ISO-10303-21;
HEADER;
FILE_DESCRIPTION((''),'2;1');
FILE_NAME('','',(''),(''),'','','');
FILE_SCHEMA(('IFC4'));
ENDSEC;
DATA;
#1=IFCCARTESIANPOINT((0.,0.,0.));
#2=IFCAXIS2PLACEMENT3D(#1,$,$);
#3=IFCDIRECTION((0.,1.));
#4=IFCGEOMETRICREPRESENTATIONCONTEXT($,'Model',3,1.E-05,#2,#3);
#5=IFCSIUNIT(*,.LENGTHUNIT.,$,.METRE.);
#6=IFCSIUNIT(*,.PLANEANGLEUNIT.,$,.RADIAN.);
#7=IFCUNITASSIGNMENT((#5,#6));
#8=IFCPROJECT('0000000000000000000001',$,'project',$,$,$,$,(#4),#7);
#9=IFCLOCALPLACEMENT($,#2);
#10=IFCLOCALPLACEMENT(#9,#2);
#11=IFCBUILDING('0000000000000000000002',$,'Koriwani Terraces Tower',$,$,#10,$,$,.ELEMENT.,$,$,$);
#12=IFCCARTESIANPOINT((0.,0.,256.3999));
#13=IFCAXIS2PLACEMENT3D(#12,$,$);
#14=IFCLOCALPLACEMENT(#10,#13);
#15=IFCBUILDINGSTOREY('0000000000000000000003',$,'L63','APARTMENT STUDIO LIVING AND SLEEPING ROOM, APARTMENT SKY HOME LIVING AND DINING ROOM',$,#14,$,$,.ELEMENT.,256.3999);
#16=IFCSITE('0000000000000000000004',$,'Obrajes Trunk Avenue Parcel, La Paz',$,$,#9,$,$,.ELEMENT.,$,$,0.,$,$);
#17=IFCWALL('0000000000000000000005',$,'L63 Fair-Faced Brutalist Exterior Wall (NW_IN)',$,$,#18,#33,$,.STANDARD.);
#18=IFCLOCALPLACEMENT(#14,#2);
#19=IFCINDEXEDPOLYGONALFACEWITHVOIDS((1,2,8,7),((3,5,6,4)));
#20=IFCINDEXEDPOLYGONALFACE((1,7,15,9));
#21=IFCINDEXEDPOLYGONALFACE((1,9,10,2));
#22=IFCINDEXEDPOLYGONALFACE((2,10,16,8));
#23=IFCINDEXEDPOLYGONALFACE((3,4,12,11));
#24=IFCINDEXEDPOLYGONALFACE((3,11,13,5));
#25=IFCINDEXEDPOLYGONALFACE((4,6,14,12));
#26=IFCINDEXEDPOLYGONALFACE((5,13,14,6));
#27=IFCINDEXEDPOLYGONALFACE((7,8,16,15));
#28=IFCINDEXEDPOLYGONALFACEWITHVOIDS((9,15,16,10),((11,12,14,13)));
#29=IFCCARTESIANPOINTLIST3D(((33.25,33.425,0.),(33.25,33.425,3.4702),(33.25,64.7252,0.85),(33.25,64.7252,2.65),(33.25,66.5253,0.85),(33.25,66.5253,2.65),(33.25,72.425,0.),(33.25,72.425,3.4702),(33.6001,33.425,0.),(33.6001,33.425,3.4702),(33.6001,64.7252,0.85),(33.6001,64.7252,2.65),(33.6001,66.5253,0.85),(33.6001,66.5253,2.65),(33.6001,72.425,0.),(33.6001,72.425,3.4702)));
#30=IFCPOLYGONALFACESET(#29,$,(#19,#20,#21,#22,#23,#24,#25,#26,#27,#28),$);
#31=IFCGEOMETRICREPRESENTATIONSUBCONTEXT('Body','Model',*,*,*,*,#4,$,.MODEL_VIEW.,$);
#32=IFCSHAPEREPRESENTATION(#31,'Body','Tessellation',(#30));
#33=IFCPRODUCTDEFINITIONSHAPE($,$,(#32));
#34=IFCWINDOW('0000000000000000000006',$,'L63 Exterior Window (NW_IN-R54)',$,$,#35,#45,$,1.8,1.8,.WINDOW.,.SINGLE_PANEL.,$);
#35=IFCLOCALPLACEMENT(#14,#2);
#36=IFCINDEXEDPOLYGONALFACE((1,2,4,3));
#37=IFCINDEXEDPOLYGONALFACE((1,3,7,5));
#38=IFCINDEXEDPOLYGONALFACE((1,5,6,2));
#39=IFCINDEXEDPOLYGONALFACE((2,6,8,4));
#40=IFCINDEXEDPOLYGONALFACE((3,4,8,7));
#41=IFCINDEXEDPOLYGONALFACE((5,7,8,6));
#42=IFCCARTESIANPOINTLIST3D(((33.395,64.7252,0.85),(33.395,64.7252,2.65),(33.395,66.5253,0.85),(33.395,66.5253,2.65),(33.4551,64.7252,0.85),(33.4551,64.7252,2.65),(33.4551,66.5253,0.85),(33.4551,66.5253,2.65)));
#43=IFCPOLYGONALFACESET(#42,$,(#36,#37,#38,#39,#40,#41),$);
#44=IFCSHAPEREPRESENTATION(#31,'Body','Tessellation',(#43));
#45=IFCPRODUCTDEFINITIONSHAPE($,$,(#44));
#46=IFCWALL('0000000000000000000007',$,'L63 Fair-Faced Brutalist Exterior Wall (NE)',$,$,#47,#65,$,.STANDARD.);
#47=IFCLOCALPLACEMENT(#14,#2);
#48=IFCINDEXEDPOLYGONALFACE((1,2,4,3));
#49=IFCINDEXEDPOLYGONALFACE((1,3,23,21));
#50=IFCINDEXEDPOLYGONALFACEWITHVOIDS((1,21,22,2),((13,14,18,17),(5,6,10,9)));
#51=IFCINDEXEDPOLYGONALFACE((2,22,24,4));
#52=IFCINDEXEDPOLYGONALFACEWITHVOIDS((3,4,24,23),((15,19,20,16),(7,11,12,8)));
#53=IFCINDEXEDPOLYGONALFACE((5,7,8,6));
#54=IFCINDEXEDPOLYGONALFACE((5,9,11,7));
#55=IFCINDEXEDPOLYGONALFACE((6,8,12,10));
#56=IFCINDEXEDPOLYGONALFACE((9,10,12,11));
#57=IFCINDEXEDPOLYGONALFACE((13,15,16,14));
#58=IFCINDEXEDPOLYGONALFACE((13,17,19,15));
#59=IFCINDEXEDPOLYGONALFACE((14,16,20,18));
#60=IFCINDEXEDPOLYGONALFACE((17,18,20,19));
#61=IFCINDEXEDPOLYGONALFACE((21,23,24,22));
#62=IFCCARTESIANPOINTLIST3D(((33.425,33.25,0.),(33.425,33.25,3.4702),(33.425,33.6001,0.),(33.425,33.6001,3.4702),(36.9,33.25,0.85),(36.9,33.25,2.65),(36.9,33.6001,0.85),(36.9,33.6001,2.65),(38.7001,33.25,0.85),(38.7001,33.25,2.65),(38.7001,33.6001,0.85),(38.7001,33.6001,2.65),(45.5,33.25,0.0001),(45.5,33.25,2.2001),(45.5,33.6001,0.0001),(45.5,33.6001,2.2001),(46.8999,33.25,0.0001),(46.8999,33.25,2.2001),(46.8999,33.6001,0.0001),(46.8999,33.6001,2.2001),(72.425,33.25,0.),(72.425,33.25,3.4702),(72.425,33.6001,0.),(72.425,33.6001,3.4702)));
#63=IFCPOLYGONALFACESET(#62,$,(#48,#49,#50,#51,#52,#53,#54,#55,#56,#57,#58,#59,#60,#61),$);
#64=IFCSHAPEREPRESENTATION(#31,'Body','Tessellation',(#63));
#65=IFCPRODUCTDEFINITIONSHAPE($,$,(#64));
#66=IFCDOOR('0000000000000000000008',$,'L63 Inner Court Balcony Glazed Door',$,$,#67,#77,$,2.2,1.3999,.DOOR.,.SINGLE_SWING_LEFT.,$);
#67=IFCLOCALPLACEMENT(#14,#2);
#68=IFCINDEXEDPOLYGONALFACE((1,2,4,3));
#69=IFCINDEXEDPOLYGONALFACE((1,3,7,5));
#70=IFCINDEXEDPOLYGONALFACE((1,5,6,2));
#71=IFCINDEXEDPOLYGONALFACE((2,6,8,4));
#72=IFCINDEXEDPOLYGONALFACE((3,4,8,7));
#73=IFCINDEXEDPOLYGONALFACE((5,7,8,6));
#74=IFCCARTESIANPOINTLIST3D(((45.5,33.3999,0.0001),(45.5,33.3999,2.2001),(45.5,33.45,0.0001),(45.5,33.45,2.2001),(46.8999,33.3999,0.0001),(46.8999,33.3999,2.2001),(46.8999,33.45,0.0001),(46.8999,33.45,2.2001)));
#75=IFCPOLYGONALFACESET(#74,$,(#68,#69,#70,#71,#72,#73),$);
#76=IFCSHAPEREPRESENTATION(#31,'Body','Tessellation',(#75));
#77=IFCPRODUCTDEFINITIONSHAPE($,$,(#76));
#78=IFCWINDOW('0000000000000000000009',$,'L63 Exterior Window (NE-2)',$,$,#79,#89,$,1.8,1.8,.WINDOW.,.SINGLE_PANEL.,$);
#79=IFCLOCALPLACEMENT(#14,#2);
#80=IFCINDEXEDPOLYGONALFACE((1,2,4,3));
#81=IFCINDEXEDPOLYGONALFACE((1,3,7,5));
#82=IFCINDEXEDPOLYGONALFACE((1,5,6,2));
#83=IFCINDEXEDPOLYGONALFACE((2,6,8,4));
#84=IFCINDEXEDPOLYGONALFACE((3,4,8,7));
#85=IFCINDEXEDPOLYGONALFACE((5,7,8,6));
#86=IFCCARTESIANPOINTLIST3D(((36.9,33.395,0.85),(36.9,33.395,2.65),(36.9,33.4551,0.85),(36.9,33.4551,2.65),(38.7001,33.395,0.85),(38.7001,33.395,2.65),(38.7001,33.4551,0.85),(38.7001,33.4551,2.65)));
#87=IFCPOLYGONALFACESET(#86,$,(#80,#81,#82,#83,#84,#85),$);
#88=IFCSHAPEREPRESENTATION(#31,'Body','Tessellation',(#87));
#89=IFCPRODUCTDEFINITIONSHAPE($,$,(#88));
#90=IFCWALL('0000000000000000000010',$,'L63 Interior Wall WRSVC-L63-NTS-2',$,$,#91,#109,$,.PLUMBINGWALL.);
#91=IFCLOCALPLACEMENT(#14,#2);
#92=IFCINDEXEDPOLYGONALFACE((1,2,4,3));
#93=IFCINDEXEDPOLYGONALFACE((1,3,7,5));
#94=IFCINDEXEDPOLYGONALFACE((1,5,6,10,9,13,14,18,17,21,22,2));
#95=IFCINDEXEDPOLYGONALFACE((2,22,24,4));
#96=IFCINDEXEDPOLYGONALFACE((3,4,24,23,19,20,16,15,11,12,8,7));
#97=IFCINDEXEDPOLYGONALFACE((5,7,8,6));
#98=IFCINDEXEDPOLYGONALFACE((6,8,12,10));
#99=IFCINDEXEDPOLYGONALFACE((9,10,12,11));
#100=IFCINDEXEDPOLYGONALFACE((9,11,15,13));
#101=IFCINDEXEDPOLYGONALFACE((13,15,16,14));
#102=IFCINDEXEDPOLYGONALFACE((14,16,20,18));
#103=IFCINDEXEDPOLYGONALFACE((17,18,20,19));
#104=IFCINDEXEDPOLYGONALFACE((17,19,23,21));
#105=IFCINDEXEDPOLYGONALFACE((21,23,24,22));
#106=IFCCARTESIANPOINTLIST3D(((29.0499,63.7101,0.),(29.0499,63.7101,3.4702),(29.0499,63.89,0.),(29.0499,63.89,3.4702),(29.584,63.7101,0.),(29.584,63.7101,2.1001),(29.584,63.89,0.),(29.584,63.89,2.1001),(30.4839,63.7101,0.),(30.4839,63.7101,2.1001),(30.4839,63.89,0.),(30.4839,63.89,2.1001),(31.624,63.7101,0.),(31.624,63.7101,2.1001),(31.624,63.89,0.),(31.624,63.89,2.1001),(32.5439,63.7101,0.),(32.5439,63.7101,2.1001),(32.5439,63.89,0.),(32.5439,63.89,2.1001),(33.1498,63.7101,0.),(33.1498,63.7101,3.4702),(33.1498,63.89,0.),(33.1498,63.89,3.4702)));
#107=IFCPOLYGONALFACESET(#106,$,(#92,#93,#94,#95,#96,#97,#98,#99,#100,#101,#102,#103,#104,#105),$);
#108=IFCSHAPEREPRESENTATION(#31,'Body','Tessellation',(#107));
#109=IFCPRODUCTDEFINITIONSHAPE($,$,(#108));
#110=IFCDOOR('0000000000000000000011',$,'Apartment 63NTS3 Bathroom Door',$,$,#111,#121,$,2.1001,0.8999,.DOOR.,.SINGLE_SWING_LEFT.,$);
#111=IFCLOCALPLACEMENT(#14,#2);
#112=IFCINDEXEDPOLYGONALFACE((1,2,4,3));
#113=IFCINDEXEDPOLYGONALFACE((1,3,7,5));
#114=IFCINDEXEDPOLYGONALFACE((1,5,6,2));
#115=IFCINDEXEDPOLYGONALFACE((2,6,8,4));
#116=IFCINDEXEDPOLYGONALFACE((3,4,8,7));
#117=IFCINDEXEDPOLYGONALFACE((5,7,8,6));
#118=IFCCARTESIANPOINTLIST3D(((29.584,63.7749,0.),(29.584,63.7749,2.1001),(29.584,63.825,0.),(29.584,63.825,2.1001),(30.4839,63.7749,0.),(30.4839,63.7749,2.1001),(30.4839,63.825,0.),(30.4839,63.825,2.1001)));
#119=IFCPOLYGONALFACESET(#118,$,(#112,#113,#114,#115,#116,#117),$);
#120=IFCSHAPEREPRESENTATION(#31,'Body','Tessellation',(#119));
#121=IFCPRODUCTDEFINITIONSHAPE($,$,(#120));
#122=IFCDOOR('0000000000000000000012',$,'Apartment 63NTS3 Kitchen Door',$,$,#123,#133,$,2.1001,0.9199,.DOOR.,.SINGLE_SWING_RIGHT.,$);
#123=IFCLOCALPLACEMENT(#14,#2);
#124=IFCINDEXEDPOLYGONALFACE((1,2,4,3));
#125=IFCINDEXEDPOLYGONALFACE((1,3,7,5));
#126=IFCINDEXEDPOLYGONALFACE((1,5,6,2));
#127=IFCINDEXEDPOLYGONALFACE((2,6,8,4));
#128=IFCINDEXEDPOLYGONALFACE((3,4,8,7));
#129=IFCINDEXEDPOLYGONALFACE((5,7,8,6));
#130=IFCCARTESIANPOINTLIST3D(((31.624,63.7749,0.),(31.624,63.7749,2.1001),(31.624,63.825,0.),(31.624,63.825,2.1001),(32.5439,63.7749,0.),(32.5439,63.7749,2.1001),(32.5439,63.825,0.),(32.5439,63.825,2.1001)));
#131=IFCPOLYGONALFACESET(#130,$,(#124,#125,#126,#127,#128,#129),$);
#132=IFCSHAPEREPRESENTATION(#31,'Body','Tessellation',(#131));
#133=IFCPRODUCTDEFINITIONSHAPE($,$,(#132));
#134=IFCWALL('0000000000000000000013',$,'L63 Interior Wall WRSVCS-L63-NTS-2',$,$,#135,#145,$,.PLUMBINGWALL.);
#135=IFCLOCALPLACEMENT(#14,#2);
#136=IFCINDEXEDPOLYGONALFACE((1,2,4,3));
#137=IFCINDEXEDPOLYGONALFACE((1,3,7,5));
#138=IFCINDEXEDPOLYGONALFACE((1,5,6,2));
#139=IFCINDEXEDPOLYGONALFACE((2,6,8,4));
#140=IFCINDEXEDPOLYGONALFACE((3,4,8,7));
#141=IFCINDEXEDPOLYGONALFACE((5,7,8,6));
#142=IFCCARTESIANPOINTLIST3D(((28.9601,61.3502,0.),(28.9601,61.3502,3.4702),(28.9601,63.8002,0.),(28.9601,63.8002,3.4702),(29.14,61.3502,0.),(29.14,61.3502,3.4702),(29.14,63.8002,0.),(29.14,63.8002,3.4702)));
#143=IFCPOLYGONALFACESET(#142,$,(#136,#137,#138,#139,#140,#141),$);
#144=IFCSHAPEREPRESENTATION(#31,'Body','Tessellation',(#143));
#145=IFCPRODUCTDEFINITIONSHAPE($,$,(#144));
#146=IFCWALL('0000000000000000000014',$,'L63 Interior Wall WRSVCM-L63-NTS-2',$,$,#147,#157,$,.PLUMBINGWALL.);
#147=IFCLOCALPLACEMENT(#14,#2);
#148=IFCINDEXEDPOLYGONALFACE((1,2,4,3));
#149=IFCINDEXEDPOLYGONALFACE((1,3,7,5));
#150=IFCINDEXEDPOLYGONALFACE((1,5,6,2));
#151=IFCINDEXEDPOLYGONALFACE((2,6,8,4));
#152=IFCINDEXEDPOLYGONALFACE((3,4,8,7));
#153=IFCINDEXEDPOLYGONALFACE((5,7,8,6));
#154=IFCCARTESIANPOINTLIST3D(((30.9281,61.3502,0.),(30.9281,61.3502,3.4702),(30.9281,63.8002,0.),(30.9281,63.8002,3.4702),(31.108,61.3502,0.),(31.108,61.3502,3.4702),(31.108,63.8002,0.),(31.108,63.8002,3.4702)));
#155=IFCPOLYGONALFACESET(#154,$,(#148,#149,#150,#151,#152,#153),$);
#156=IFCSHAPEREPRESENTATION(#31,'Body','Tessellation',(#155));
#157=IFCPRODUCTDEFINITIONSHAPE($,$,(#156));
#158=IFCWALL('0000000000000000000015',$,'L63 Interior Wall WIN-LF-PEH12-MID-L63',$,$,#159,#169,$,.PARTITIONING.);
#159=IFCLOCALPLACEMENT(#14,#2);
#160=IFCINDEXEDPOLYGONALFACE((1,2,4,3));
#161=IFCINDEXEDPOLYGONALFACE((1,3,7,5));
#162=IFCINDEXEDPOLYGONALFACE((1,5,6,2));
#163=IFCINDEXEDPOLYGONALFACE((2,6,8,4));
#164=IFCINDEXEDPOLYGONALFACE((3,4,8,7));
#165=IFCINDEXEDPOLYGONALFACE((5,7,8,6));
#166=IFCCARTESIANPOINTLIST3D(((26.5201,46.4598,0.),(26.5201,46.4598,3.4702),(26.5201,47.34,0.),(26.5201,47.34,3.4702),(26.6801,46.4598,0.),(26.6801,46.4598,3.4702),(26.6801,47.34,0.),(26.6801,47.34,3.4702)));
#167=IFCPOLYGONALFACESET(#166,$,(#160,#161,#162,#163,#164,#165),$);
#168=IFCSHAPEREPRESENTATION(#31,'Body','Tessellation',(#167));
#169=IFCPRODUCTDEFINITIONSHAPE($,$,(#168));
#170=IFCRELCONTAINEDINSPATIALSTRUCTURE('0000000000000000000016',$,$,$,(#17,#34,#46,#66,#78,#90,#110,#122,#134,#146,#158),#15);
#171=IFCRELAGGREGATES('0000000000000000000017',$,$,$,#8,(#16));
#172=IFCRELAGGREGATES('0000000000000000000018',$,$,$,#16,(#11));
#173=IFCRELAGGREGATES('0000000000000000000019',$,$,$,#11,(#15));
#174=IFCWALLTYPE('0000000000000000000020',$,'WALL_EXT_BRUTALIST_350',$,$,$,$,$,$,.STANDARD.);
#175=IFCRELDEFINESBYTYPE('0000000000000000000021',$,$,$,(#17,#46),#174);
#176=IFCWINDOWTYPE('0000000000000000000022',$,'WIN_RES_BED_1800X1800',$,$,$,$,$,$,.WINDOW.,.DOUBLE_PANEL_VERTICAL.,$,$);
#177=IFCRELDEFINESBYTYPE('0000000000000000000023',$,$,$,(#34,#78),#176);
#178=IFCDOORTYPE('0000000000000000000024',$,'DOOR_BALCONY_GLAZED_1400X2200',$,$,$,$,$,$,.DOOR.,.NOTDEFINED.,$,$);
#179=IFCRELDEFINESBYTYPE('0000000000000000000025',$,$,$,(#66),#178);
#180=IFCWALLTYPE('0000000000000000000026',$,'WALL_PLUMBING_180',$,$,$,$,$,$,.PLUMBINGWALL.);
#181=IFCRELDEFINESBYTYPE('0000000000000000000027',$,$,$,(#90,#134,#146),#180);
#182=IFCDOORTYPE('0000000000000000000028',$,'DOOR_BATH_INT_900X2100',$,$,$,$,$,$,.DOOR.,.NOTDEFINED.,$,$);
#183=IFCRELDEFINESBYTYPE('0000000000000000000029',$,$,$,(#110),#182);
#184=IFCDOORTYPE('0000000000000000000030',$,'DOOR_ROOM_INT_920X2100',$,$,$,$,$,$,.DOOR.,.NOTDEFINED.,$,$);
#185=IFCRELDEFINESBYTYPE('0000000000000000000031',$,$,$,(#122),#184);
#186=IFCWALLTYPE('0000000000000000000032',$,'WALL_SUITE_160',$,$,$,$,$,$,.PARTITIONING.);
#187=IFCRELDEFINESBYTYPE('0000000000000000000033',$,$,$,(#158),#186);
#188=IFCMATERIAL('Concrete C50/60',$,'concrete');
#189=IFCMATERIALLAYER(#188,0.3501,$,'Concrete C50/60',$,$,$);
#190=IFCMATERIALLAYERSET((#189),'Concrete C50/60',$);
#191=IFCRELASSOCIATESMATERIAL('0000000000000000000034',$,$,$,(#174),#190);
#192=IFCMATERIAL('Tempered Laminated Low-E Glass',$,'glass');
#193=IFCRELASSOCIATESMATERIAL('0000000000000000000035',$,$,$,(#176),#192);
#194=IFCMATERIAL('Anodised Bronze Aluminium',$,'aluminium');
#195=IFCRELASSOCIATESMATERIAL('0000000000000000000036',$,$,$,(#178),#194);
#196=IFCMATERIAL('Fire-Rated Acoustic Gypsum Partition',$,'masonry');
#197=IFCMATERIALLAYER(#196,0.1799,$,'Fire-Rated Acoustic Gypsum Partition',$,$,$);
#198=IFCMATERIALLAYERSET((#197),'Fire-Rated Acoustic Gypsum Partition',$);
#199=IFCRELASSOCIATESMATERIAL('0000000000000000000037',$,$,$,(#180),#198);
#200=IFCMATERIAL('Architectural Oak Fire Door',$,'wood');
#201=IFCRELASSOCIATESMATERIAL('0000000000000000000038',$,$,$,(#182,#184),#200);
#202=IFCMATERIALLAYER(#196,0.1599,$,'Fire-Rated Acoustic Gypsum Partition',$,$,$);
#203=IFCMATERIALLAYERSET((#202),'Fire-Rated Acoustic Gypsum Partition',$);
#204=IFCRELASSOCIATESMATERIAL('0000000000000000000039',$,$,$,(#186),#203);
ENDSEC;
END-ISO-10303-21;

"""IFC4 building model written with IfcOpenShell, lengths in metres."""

from ifc_helpers import new_model, si_unit, direction, frame, frame_2d, origin, place, context, subcontext, project, spatial, rectangle, extrude, material, layer, layer_set, type_object, element, fill, save


model = new_model("IFC4")

# Units and contexts
model_context = context("Model", 3, precision=1e-05, world=origin(), true_north=direction((0.0, 1.0)))
body_context = subcontext(model_context, "Body", "Model", "MODEL_VIEW")
ifc_project = project(units=[si_unit("LENGTHUNIT", "METRE"), si_unit("PLANEANGLEUNIT", "RADIAN")], contexts=[model_context])

# Site, building, storey
site_placement = place(None, origin())
site = spatial("IfcSite", under=ifc_project, at=site_placement, Name="Obrajes Trunk Avenue Parcel, La Paz", CompositionType="ELEMENT", RefElevation=0.0)
building_placement = place(site_placement, origin())
building = spatial("IfcBuilding", under=site, at=building_placement, Name="Koriwani Terraces Tower", CompositionType="ELEMENT")
storey_placement = place(building_placement, frame((0.0, 0.0, 256.3999)))
storey = spatial("IfcBuildingStorey", under=building, at=storey_placement, Name="L63", Description="APARTMENT STUDIO LIVING AND SLEEPING ROOM, APARTMENT SKY HOME LIVING AND DINING ROOM", CompositionType="ELEMENT", Elevation=256.3999)

# Shared definitions
ifc_material_1 = material(Name="Concrete C50/60", Category="concrete")

# Shared definitions
ifc_layer_1 = layer(ifc_material_1, 0.3501, Name="Concrete C50/60")
ifc_layer_set_1 = layer_set([ifc_layer_1], Name="Concrete C50/60")
wall_type_1 = type_object("IfcWallType", Name="WALL_EXT_BRUTALIST_350", PredefinedType="STANDARD", material=ifc_layer_set_1)

# Wall, opening, window
ifc_material_2 = material(Name="Tempered Laminated Low-E Glass", Category="glass")
window_type = type_object("IfcWindowType", Name="WIN_RES_BED_1800X1800", PartitioningType="DOUBLE_PANEL_VERTICAL", PredefinedType="WINDOW", material=ifc_material_2)
wall_1_placement = place(storey_placement, frame((33.425, 72.425, 0.0), z_axis=(0.0, 0.0, 1.0), x_axis=(0.0, -1.0, 0.0)))
wall_1 = element("IfcWall", 1, at=wall_1_placement, inside=storey, type_object=wall_type_1, Name="L63 Fair-Faced Brutalist Exterior Wall (NW_IN)", PredefinedType="STANDARD", context=body_context, shape_type="SweptSolid", body=[
    extrude(rectangle(XDim=39.0, YDim=0.3501, at=frame_2d((19.5, 0.0))), origin(), (0.0, 0.0, 1.0), 3.4702),
])
opening_1_placement = place(wall_1_placement, frame((5.8999, 0.0, 0.8501)))
opening_1 = element("IfcOpeningElement", 2, at=opening_1_placement, cuts=wall_1, PredefinedType="OPENING", context=body_context, shape_type="SweptSolid", body=[
    extrude(rectangle(XDim=1.8, YDim=1.8, at=frame_2d((0.8999, 0.8999))), frame((0.0, 0.1851, 0.0), z_axis=(0.0, -1.0, 0.0), x_axis=(1.0, 0.0, 0.0)), (0.0, 0.0, 1.0), 0.3701),
])
window_1_placement = place(opening_1_placement, origin())
window_1 = element("IfcWindow", 3, at=window_1_placement, inside=storey, type_object=window_type, Name="L63 Exterior Window (NW_IN-R54)", OverallHeight=1.8, OverallWidth=1.8, PartitioningType="SINGLE_PANEL", PredefinedType="WINDOW", context=body_context, shape_type="SweptSolid", body=[
    extrude(rectangle(XDim=1.8, YDim=1.8, at=frame_2d((0.8999, 0.8999))), frame((0.0, 0.03, 0.0), z_axis=(0.0, -1.0, 0.0), x_axis=(1.0, 0.0, 0.0)), (0.0, 0.0, 1.0), 0.0601),
])
fill(opening_1, window_1)

# Wall, openings, door, window
wall_2_placement = place(storey_placement, frame((33.425, 33.425, 0.0), z_axis=(0.0, 0.0, 1.0), x_axis=(1.0, 0.0, 0.0)))
wall_2 = element("IfcWall", 4, at=wall_2_placement, inside=storey, type_object=wall_type_1, Name="L63 Fair-Faced Brutalist Exterior Wall (NE)", PredefinedType="STANDARD", context=body_context, shape_type="SweptSolid", body=[
    extrude(rectangle(XDim=39.0, YDim=0.3501, at=frame_2d((19.5, 0.0))), origin(), (0.0, 0.0, 1.0), 3.4702),
])
opening_2_placement = place(wall_2_placement, frame((12.075, 0.0, 0.0)))
opening_2 = element("IfcOpeningElement", 5, at=opening_2_placement, cuts=wall_2, PredefinedType="OPENING", context=body_context, shape_type="SweptSolid", body=[
    extrude(rectangle(XDim=1.3999, YDim=2.2, at=frame_2d((0.7, 1.1001))), frame((0.0, 0.1851, 0.0), z_axis=(0.0, -1.0, 0.0), x_axis=(1.0, 0.0, 0.0)), (0.0, 0.0, 1.0), 0.3701),
])
opening_3_placement = place(wall_2_placement, frame((3.4751, 0.0, 0.8501)))
opening_3 = element("IfcOpeningElement", 6, at=opening_3_placement, cuts=wall_2, PredefinedType="OPENING", context=body_context, shape_type="SweptSolid", body=[
    extrude(rectangle(XDim=1.8, YDim=1.8, at=frame_2d((0.8999, 0.8999))), frame((0.0, 0.1851, 0.0), z_axis=(0.0, -1.0, 0.0), x_axis=(1.0, 0.0, 0.0)), (0.0, 0.0, 1.0), 0.3701),
])
ifc_material_3 = material(Name="Anodised Bronze Aluminium", Category="aluminium")
door_type_1 = type_object("IfcDoorType", Name="DOOR_BALCONY_GLAZED_1400X2200", OperationType="NOTDEFINED", PredefinedType="DOOR", material=ifc_material_3)
door_1_placement = place(opening_2_placement, origin())
door_1 = element("IfcDoor", 7, at=door_1_placement, inside=storey, type_object=door_type_1, Name="L63 Inner Court Balcony Glazed Door", OperationType="SINGLE_SWING_LEFT", OverallHeight=2.2, OverallWidth=1.3999, PredefinedType="DOOR", context=body_context, shape_type="SweptSolid", body=[
    extrude(rectangle(XDim=1.3999, YDim=2.2, at=frame_2d((0.7, 1.1001))), frame((0.0, 0.0249, 0.0), z_axis=(0.0, -1.0, 0.0), x_axis=(1.0, 0.0, 0.0)), (0.0, 0.0, 1.0), 0.05),
])
fill(opening_2, door_1)
window_2_placement = place(opening_3_placement, origin())
window_2 = element("IfcWindow", 8, at=window_2_placement, inside=storey, type_object=window_type, Name="L63 Exterior Window (NE-2)", OverallHeight=1.8, OverallWidth=1.8, PartitioningType="SINGLE_PANEL", PredefinedType="WINDOW", context=body_context, shape_type="SweptSolid", body=[
    extrude(rectangle(XDim=1.8, YDim=1.8, at=frame_2d((0.8999, 0.8999))), frame((0.0, 0.03, 0.0), z_axis=(0.0, -1.0, 0.0), x_axis=(1.0, 0.0, 0.0)), (0.0, 0.0, 1.0), 0.0601),
])
fill(opening_3, window_2)

# Wall, openings, doors
ifc_material_4 = material(Name="Fire-Rated Acoustic Gypsum Partition", Category="masonry")
ifc_layer_2 = layer(ifc_material_4, 0.1799, Name="Fire-Rated Acoustic Gypsum Partition")
ifc_layer_set_2 = layer_set([ifc_layer_2], Name="Fire-Rated Acoustic Gypsum Partition")
wall_type_2 = type_object("IfcWallType", Name="WALL_PLUMBING_180", PredefinedType="PLUMBINGWALL", material=ifc_layer_set_2)
wall_3_placement = place(storey_placement, frame((29.05, 63.8, 0.0), z_axis=(0.0, 0.0, 1.0), x_axis=(1.0, 0.0, 0.0)))
wall_3 = element("IfcWall", 9, at=wall_3_placement, inside=storey, type_object=wall_type_2, Name="L63 Interior Wall WRSVC-L63-NTS-2", PredefinedType="PLUMBINGWALL", context=body_context, shape_type="SweptSolid", body=[
    extrude(rectangle(XDim=4.0999, YDim=0.1799, at=frame_2d((2.0498, 0.0))), origin(), (0.0, 0.0, 1.0), 3.4702),
])
opening_4_placement = place(wall_3_placement, frame((0.5339, 0.0, 0.0)))
opening_4 = element("IfcOpeningElement", 10, at=opening_4_placement, cuts=wall_3, PredefinedType="OPENING", context=body_context, shape_type="SweptSolid", body=[
    extrude(rectangle(XDim=0.8999, YDim=2.1001, at=frame_2d((0.45, 1.05))), frame((0.0, 0.1001, 0.0), z_axis=(0.0, -1.0, 0.0), x_axis=(1.0, 0.0, 0.0)), (0.0, 0.0, 1.0), 0.2),
])
opening_5_placement = place(wall_3_placement, frame((2.574, 0.0, 0.0)))
opening_5 = element("IfcOpeningElement", 11, at=opening_5_placement, cuts=wall_3, PredefinedType="OPENING", context=body_context, shape_type="SweptSolid", body=[
    extrude(rectangle(XDim=0.9199, YDim=2.1001, at=frame_2d((0.46, 1.05))), frame((0.0, 0.1001, 0.0), z_axis=(0.0, -1.0, 0.0), x_axis=(1.0, 0.0, 0.0)), (0.0, 0.0, 1.0), 0.2),
])
ifc_material_5 = material(Name="Architectural Oak Fire Door", Category="wood")
door_type_2 = type_object("IfcDoorType", Name="DOOR_BATH_INT_900X2100", OperationType="NOTDEFINED", PredefinedType="DOOR", material=ifc_material_5)
door_2_placement = place(opening_4_placement, origin())
door_2 = element("IfcDoor", 12, at=door_2_placement, inside=storey, type_object=door_type_2, Name="Apartment 63NTS3 Bathroom Door", OperationType="SINGLE_SWING_LEFT", OverallHeight=2.1001, OverallWidth=0.8999, PredefinedType="DOOR", context=body_context, shape_type="SweptSolid", body=[
    extrude(rectangle(XDim=0.8999, YDim=2.1001, at=frame_2d((0.45, 1.05))), frame((0.0, 0.0249, 0.0), z_axis=(0.0, -1.0, 0.0), x_axis=(1.0, 0.0, 0.0)), (0.0, 0.0, 1.0), 0.05),
])
fill(opening_4, door_2)
door_type_3 = type_object("IfcDoorType", Name="DOOR_ROOM_INT_920X2100", OperationType="NOTDEFINED", PredefinedType="DOOR", material=ifc_material_5)
door_3_placement = place(opening_5_placement, origin())
door_3 = element("IfcDoor", 13, at=door_3_placement, inside=storey, type_object=door_type_3, Name="Apartment 63NTS3 Kitchen Door", OperationType="SINGLE_SWING_RIGHT", OverallHeight=2.1001, OverallWidth=0.9199, PredefinedType="DOOR", context=body_context, shape_type="SweptSolid", body=[
    extrude(rectangle(XDim=0.9199, YDim=2.1001, at=frame_2d((0.46, 1.05))), frame((0.0, 0.0249, 0.0), z_axis=(0.0, -1.0, 0.0), x_axis=(1.0, 0.0, 0.0)), (0.0, 0.0, 1.0), 0.05),
])
fill(opening_5, door_3)

# Walls
for number, where, z_axis, x_axis, name in (
    (14, (29.05, 61.3501, 0.0), (0.0, 0.0, 1.0), (0.0, 1.0, 0.0), "L63 Interior Wall WRSVCS-L63-NTS-2"),
    (15, (31.0181, 61.3501, 0.0), (0.0, 0.0, 1.0), (0.0, 1.0, 0.0), "L63 Interior Wall WRSVCM-L63-NTS-2"),
):
    element("IfcWall", number, at=place(storey_placement, frame(where, z_axis=z_axis, x_axis=x_axis)), inside=storey, type_object=wall_type_2, Name=name, PredefinedType="PLUMBINGWALL", context=body_context, shape_type="SweptSolid", body=[
        extrude(rectangle(XDim=2.45, YDim=0.1799, at=frame_2d((1.2251, 0.0))), origin(), (0.0, 0.0, 1.0), 3.4702),
    ])

# Wall
ifc_layer_3 = layer(ifc_material_4, 0.1599, Name="Fire-Rated Acoustic Gypsum Partition")
ifc_layer_set_3 = layer_set([ifc_layer_3], Name="Fire-Rated Acoustic Gypsum Partition")
wall_type_3 = type_object("IfcWallType", Name="WALL_SUITE_160", PredefinedType="PARTITIONING", material=ifc_layer_set_3)
wall_4_placement = place(storey_placement, frame((26.6001, 46.46, 0.0), z_axis=(0.0, 0.0, 1.0), x_axis=(0.0, 1.0, 0.0)))
element("IfcWall", 16, at=wall_4_placement, inside=storey, type_object=wall_type_3, Name="L63 Interior Wall WIN-LF-PEH12-MID-L63", PredefinedType="PARTITIONING", context=body_context, shape_type="SweptSolid", body=[
    extrude(rectangle(XDim=0.8801, YDim=0.1599, at=frame_2d((0.4399, 0.0))), origin(), (0.0, 0.0, 1.0), 3.4702),
])

save(model, "model.ifc")
